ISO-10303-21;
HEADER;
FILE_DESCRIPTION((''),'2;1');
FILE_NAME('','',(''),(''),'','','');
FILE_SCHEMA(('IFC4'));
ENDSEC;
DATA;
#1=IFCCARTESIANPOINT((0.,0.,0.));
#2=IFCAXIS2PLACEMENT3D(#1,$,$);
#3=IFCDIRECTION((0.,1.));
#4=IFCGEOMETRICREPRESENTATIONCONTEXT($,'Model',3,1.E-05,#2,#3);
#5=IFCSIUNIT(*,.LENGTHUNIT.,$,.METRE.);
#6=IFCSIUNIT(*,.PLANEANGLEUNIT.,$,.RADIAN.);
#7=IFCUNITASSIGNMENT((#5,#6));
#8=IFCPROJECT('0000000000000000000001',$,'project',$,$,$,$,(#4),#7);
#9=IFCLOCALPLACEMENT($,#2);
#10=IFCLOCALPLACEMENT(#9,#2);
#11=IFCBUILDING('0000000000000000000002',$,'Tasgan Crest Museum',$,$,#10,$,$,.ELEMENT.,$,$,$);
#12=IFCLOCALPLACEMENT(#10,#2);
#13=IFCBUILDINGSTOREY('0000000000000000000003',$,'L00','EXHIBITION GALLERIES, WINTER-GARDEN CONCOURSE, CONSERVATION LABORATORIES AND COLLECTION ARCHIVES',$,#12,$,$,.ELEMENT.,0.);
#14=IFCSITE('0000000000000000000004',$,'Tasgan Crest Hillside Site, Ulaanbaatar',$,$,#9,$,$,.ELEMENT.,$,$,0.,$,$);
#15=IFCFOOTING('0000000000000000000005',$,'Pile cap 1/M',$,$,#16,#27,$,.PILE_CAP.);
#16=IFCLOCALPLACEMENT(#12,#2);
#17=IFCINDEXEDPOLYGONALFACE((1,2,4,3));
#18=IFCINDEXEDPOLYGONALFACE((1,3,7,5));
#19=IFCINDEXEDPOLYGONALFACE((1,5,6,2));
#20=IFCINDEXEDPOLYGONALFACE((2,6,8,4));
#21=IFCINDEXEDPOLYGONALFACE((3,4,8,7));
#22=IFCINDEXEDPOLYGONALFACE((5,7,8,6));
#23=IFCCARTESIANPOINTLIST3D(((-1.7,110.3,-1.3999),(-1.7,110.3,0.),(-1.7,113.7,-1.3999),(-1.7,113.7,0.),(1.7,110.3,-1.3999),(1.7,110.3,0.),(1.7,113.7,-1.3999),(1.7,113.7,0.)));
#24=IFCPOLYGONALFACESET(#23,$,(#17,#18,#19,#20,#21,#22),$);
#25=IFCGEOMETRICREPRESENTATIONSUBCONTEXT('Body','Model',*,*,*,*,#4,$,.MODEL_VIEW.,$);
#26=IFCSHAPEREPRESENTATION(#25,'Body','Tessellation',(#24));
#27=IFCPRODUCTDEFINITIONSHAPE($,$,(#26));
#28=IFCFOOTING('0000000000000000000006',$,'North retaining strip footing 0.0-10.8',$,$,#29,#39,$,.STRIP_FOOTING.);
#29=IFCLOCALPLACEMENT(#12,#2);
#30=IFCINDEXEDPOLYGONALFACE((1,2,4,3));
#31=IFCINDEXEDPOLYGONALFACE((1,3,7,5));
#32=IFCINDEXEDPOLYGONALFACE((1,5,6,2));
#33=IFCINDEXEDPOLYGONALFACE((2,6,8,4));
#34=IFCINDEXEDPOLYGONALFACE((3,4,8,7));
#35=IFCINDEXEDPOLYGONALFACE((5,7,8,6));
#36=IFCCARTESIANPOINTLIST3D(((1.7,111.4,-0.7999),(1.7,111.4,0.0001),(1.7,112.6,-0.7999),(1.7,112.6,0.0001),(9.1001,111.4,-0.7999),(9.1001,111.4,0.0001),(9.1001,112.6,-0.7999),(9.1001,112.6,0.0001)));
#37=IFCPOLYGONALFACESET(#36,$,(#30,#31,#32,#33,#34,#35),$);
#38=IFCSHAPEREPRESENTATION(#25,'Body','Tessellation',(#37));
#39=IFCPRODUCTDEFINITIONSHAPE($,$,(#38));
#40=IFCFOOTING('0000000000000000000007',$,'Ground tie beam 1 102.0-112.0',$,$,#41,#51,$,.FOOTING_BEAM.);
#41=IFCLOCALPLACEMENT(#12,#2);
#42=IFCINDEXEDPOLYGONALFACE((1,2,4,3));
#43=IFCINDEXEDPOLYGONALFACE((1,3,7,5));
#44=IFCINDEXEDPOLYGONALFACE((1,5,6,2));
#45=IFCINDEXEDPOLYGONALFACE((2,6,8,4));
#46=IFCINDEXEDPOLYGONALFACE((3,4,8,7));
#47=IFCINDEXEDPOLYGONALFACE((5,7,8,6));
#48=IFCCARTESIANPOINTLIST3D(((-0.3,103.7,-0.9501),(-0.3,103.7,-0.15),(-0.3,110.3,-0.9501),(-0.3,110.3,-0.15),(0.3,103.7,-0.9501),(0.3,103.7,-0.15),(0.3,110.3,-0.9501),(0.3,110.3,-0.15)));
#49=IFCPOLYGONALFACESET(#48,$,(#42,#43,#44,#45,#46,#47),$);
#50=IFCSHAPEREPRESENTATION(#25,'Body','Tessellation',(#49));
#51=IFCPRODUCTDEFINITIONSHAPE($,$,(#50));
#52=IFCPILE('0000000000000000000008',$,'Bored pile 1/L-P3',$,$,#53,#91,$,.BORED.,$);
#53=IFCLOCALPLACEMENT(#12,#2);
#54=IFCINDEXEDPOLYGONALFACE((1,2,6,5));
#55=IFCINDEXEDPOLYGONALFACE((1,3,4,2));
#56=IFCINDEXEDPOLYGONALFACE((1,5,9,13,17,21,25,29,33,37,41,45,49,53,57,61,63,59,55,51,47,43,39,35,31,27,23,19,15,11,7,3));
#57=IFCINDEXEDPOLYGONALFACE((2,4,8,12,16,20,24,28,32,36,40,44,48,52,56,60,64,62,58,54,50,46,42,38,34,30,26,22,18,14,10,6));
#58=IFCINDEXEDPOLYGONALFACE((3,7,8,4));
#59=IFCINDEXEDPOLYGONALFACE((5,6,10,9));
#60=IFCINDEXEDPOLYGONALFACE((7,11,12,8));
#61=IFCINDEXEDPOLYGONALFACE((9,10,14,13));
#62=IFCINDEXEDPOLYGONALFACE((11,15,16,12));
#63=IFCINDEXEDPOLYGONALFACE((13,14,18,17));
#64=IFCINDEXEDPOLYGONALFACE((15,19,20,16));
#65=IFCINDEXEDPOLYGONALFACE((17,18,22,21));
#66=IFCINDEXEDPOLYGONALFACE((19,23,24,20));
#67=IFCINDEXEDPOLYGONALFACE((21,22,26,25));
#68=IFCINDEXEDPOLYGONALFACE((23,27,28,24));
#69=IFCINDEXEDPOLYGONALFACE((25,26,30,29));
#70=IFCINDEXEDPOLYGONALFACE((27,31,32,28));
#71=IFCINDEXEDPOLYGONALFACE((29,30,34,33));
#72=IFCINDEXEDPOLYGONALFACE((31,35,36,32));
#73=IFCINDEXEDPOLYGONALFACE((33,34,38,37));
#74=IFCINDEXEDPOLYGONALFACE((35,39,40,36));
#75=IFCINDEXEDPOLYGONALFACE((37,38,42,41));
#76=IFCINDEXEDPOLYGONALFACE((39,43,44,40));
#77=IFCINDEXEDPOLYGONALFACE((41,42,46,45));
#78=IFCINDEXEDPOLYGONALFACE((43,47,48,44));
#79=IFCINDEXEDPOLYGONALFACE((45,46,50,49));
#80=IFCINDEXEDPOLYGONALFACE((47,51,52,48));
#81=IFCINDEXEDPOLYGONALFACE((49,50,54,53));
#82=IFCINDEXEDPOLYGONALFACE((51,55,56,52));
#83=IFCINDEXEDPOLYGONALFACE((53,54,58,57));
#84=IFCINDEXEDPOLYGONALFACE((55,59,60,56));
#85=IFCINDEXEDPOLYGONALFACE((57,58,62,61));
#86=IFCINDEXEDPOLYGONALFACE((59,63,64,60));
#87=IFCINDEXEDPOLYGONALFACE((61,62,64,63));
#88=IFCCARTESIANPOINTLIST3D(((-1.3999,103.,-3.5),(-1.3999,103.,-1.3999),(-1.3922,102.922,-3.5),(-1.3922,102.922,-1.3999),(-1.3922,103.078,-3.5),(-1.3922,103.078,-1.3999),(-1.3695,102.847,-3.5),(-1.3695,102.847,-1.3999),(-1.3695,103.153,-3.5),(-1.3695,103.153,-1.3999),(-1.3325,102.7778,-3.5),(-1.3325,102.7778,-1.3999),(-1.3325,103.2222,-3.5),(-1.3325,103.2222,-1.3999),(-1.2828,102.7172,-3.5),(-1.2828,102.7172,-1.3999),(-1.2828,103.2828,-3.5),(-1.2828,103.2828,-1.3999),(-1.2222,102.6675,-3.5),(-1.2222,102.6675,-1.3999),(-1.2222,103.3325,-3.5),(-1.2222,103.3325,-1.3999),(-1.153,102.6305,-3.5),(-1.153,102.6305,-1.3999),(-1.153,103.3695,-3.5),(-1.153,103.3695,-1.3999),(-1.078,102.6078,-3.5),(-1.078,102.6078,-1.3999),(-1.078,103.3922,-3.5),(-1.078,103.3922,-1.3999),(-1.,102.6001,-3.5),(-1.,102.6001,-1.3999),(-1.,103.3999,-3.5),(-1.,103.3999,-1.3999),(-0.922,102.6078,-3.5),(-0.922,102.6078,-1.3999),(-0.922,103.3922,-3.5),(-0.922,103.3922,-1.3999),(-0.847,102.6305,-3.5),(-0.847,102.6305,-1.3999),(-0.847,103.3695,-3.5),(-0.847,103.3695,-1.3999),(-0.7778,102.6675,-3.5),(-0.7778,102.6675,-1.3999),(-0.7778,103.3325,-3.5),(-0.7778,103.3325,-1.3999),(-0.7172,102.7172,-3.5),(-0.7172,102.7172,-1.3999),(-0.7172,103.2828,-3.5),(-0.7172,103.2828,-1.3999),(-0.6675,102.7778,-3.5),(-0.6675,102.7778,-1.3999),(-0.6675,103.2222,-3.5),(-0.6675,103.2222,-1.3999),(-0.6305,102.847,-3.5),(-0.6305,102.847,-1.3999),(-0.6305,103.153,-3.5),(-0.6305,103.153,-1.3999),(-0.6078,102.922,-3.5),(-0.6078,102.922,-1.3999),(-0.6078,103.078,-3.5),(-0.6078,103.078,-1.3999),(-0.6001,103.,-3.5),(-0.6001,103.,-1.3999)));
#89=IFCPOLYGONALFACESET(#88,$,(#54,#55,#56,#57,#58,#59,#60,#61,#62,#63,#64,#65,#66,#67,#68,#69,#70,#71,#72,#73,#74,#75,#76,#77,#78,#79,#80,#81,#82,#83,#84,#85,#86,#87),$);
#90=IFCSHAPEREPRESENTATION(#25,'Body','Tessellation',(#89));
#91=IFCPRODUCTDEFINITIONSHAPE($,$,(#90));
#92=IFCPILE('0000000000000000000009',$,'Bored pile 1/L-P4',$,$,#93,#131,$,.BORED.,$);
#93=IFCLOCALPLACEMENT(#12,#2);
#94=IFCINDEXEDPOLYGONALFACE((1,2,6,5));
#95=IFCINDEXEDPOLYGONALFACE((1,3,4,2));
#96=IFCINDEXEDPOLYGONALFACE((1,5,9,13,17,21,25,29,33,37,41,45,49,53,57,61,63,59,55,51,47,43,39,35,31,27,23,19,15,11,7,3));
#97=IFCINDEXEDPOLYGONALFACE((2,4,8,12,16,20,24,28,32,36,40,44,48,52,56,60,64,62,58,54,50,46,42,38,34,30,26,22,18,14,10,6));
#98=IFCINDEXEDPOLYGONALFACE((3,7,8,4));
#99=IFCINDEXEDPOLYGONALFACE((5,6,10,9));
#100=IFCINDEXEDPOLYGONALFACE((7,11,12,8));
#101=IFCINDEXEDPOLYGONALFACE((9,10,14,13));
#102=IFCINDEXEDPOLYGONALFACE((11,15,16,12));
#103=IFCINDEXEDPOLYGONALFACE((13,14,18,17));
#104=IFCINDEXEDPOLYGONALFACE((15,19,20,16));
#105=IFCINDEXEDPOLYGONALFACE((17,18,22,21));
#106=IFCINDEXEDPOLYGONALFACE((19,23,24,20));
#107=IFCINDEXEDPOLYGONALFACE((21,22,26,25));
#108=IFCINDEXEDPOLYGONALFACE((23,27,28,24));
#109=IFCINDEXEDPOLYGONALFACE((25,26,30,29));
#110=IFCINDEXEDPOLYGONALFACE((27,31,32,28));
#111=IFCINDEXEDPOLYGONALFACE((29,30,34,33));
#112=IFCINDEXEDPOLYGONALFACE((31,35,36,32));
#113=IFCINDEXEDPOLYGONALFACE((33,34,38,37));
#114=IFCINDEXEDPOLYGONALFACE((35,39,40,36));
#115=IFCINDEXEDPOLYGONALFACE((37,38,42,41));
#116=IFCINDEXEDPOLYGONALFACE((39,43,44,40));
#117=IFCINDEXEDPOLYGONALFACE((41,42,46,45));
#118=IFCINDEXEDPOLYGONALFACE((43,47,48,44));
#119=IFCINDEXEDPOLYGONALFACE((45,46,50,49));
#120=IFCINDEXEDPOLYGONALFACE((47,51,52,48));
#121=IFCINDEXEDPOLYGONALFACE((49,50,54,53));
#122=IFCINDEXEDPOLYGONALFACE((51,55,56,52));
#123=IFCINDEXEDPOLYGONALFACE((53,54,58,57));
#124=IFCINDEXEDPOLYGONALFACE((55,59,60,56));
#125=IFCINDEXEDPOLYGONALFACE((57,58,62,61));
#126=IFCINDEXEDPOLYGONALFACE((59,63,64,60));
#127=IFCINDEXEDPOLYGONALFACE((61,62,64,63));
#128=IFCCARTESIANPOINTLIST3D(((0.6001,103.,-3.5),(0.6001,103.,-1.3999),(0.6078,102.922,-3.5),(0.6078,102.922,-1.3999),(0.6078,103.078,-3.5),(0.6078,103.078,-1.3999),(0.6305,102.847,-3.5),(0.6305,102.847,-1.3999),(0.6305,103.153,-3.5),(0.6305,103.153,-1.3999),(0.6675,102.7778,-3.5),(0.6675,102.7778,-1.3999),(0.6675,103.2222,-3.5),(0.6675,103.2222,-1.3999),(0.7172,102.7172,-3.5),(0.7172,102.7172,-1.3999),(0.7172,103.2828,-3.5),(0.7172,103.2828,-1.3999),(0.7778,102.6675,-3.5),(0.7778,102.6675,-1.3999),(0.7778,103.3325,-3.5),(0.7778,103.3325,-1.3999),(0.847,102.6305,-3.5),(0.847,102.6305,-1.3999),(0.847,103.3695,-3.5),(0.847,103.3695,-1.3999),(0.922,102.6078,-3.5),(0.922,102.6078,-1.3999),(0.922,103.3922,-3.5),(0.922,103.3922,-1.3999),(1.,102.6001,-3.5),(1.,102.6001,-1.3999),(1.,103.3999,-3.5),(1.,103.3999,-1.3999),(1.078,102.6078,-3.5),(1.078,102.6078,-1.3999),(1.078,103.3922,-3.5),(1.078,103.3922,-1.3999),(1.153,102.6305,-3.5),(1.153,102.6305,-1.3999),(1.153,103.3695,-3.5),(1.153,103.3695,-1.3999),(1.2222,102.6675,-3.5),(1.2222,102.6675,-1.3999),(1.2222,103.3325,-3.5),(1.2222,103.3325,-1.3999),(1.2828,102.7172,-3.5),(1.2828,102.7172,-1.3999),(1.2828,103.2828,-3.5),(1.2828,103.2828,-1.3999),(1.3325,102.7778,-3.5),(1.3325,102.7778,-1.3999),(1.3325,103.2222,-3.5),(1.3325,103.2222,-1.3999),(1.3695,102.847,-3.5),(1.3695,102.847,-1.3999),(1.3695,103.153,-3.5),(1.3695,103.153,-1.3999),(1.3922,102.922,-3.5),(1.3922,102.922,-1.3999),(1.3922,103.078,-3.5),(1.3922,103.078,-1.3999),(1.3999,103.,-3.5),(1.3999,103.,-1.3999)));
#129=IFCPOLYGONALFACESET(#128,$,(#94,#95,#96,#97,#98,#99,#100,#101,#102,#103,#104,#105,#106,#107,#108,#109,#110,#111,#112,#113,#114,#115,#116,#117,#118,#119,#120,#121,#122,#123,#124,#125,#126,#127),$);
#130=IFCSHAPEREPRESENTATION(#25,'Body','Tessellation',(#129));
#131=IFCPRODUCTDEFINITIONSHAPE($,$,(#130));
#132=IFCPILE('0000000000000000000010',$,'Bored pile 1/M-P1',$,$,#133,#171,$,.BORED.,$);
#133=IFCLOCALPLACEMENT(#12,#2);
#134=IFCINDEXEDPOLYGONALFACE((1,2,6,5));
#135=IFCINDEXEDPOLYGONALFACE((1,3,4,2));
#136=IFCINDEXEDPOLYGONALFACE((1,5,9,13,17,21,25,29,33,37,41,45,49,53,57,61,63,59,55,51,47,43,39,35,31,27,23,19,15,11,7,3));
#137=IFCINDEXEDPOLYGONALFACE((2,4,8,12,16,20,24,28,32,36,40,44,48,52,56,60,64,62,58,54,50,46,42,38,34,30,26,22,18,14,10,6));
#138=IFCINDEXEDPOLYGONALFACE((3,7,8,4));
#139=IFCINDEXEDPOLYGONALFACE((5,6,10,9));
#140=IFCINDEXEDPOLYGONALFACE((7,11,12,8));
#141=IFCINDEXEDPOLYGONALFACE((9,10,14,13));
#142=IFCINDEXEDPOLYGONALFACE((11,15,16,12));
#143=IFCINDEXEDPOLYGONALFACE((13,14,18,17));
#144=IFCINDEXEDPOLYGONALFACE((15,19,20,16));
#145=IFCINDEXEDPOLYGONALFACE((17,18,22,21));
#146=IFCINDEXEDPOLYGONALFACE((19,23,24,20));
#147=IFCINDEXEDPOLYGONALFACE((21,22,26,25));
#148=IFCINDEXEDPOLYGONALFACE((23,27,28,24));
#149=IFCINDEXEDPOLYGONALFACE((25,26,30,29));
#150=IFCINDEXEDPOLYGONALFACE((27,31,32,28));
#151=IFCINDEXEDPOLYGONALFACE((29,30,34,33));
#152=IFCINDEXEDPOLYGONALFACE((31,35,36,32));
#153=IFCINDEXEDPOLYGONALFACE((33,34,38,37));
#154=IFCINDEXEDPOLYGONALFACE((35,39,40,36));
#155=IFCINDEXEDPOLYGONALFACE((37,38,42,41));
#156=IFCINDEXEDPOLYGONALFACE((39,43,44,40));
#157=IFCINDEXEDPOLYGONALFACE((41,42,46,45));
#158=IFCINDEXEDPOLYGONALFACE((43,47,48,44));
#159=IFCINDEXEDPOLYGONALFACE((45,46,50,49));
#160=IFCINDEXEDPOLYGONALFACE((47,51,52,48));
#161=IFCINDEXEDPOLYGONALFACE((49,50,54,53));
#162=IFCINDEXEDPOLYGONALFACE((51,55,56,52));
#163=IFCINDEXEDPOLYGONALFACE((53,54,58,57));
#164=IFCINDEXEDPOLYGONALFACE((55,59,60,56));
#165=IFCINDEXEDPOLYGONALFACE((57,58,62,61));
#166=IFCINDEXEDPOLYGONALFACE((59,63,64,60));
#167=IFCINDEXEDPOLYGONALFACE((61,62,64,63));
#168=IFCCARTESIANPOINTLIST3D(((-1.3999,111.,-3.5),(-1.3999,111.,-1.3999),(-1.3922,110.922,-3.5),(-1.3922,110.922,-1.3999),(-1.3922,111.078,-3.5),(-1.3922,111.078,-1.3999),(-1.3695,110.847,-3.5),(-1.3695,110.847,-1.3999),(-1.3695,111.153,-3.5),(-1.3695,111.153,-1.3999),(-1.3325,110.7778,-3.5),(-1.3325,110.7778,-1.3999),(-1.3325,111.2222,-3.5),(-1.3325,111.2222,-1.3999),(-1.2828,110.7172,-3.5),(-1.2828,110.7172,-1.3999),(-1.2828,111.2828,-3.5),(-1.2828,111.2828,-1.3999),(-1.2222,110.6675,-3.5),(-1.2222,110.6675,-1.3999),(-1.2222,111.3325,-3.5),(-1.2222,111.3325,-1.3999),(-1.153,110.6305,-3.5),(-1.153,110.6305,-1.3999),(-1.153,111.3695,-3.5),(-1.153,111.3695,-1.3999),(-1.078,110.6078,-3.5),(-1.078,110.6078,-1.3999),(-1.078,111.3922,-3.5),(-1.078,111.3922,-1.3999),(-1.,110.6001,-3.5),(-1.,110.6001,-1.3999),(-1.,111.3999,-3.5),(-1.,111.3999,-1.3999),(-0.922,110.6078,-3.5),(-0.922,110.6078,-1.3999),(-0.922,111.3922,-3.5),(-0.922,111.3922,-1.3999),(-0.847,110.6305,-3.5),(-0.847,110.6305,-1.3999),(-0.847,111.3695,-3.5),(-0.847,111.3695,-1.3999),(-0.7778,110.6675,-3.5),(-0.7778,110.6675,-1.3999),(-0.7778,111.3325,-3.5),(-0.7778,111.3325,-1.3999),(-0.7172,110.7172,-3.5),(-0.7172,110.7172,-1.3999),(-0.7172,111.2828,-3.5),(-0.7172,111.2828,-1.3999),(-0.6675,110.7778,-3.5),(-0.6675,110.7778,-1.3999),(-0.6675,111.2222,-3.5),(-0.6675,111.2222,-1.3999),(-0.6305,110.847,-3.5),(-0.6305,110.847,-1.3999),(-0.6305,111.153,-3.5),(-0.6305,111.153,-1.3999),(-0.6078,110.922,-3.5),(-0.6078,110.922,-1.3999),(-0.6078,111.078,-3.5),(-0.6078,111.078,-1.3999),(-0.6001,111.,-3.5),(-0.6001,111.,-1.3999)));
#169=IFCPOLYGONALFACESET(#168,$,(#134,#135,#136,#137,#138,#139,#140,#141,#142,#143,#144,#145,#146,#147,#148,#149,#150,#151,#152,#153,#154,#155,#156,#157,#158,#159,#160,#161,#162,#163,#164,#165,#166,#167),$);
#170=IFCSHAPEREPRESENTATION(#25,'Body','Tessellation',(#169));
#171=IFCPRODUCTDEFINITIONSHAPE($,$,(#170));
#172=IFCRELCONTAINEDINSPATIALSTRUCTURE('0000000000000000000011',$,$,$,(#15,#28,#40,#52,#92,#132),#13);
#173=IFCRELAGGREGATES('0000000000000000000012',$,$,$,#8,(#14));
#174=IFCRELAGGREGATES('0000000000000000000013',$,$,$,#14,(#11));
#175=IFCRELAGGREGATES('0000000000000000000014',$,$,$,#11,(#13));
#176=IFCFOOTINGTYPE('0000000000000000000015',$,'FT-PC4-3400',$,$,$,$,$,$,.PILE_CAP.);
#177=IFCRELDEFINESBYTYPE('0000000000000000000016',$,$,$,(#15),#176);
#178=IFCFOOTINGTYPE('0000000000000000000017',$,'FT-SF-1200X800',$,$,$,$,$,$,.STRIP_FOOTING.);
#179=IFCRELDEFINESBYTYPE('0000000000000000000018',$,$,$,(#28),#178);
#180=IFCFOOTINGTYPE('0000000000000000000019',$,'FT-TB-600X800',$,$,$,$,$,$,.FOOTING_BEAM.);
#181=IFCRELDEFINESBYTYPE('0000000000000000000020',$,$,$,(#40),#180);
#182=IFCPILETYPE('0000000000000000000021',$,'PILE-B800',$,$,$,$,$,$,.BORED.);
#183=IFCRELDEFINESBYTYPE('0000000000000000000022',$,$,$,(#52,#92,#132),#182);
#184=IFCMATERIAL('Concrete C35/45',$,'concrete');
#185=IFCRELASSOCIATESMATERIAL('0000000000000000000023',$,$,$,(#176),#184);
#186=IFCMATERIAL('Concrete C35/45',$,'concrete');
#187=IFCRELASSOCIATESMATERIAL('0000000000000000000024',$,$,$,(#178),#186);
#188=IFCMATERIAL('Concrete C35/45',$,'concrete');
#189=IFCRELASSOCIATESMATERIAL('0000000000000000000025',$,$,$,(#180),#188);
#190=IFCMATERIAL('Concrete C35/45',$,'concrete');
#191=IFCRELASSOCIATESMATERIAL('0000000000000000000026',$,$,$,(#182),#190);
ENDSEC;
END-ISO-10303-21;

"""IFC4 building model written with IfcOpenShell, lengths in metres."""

from ifc_helpers import new_model, si_unit, direction, frame, origin, origin_2d, place, context, subcontext, project, spatial, rectangle, circle, extrude, material, material_profile, profile_set, type_object, element, save


model = new_model("IFC4")

# Units and contexts
model_context = context("Model", 3, precision=1e-05, world=origin(), true_north=direction((0.0, 1.0)))
body_context = subcontext(model_context, "Body", "Model", "MODEL_VIEW")
ifc_project = project(units=[si_unit("LENGTHUNIT", "METRE"), si_unit("PLANEANGLEUNIT", "RADIAN")], contexts=[model_context])

# Site, building, storey
site_placement = place(None, origin())
site = spatial("IfcSite", under=ifc_project, at=site_placement, Name="Tasgan Crest Hillside Site, Ulaanbaatar", CompositionType="ELEMENT", RefElevation=0.0)
building_placement = place(site_placement, origin())
building = spatial("IfcBuilding", under=site, at=building_placement, Name="Tasgan Crest Museum", CompositionType="ELEMENT")
storey_placement = place(building_placement, origin())
storey = spatial("IfcBuildingStorey", under=building, at=storey_placement, Name="L00", Description="EXHIBITION GALLERIES, WINTER-GARDEN CONCOURSE, CONSERVATION LABORATORIES AND COLLECTION ARCHIVES", CompositionType="ELEMENT", Elevation=0.0)

# Footings
ifc_material_1 = material(Name="Concrete C35/45", Category="concrete")
footing_type_1 = type_object("IfcFootingType", Name="FT-PC4-3400", PredefinedType="PILE_CAP", material=ifc_material_1)
footing_1_placement = place(storey_placement, frame((0.0, 112.0, -1.3999), z_axis=(0.0, 0.0, 1.0), x_axis=(1.0, 0.0, 0.0)))
element("IfcFooting", 1, at=footing_1_placement, inside=storey, type_object=footing_type_1, Name="Pile cap 1/M", PredefinedType="PILE_CAP", context=body_context, shape_type="SweptSolid", body=[
    extrude(rectangle(XDim=3.3999, YDim=3.3999, at=origin_2d()), origin(), (0.0, 0.0, 1.0), 1.3999),
])
ifc_material_2 = material(Name="Concrete C35/45", Category="concrete")
ifc_material_profile_1 = material_profile(ifc_material_2, rectangle(XDim=1.2, YDim=0.8, at=origin_2d()), Name="SF 1200x800")
ifc_profile_set_1 = profile_set([ifc_material_profile_1], Name="Concrete C35/45")
footing_type_2 = type_object("IfcFootingType", Name="FT-SF-1200X800", PredefinedType="STRIP_FOOTING", material=ifc_profile_set_1)
footing_2_placement = place(storey_placement, frame((1.7, 112.0, -0.3999), z_axis=(1.0, 0.0, 0.0), x_axis=(0.0, 1.0, 0.0)))
element("IfcFooting", 2, at=footing_2_placement, inside=storey, type_object=footing_type_2, Name="North retaining strip footing 0.0-10.8", PredefinedType="STRIP_FOOTING", context=body_context, shape_type="SweptSolid", body=[
    extrude(rectangle(XDim=1.2, YDim=0.8, at=origin_2d()), origin(), (0.0, 0.0, 1.0), 7.4001),
])
ifc_material_3 = material(Name="Concrete C35/45", Category="concrete")
ifc_material_profile_2 = material_profile(ifc_material_3, rectangle(XDim=0.6001, YDim=0.8, at=origin_2d()), Name="TB 600x800")
ifc_profile_set_2 = profile_set([ifc_material_profile_2], Name="Concrete C35/45")
footing_type_3 = type_object("IfcFootingType", Name="FT-TB-600X800", PredefinedType="FOOTING_BEAM", material=ifc_profile_set_2)
footing_3_placement = place(storey_placement, frame((0.0, 103.7, -0.55), z_axis=(0.0, 1.0, 0.0), x_axis=(-1.0, 0.0, 0.0)))
element("IfcFooting", 3, at=footing_3_placement, inside=storey, type_object=footing_type_3, Name="Ground tie beam 1 102.0-112.0", PredefinedType="FOOTING_BEAM", context=body_context, shape_type="SweptSolid", body=[
    extrude(rectangle(XDim=0.6001, YDim=0.8, at=origin_2d()), origin(), (0.0, 0.0, 1.0), 6.6001),
])

# Piles
ifc_material_4 = material(Name="Concrete C35/45", Category="concrete")
ifc_material_profile_3 = material_profile(ifc_material_4, circle(Radius=0.3999, at=origin_2d()), Name="PILE D800")
ifc_profile_set_3 = profile_set([ifc_material_profile_3], Name="Concrete C35/45")
pile_type = type_object("IfcPileType", Name="PILE-B800", PredefinedType="BORED", material=ifc_profile_set_3)
for number, where, z_axis, x_axis, name in (
    (4, (-1.0, 103.0, -1.3999), (0.0, 0.0, -1.0), (1.0, 0.0, 0.0), "Bored pile 1/L-P3"),
    (5, (1.0, 103.0, -1.3999), (0.0, 0.0, -1.0), (1.0, 0.0, 0.0), "Bored pile 1/L-P4"),
    (6, (-1.0, 111.0, -1.3999), (0.0, 0.0, -1.0), (1.0, 0.0, 0.0), "Bored pile 1/M-P1"),
):
    element("IfcPile", number, at=place(storey_placement, frame(where, z_axis=z_axis, x_axis=x_axis)), inside=storey, type_object=pile_type, Name=name, PredefinedType="BORED", context=body_context, shape_type="SweptSolid", body=[
        extrude(circle(Radius=0.3999, at=origin_2d()), origin(), (0.0, 0.0, 1.0), 2.1001),
    ])

save(model, "model.ifc")
